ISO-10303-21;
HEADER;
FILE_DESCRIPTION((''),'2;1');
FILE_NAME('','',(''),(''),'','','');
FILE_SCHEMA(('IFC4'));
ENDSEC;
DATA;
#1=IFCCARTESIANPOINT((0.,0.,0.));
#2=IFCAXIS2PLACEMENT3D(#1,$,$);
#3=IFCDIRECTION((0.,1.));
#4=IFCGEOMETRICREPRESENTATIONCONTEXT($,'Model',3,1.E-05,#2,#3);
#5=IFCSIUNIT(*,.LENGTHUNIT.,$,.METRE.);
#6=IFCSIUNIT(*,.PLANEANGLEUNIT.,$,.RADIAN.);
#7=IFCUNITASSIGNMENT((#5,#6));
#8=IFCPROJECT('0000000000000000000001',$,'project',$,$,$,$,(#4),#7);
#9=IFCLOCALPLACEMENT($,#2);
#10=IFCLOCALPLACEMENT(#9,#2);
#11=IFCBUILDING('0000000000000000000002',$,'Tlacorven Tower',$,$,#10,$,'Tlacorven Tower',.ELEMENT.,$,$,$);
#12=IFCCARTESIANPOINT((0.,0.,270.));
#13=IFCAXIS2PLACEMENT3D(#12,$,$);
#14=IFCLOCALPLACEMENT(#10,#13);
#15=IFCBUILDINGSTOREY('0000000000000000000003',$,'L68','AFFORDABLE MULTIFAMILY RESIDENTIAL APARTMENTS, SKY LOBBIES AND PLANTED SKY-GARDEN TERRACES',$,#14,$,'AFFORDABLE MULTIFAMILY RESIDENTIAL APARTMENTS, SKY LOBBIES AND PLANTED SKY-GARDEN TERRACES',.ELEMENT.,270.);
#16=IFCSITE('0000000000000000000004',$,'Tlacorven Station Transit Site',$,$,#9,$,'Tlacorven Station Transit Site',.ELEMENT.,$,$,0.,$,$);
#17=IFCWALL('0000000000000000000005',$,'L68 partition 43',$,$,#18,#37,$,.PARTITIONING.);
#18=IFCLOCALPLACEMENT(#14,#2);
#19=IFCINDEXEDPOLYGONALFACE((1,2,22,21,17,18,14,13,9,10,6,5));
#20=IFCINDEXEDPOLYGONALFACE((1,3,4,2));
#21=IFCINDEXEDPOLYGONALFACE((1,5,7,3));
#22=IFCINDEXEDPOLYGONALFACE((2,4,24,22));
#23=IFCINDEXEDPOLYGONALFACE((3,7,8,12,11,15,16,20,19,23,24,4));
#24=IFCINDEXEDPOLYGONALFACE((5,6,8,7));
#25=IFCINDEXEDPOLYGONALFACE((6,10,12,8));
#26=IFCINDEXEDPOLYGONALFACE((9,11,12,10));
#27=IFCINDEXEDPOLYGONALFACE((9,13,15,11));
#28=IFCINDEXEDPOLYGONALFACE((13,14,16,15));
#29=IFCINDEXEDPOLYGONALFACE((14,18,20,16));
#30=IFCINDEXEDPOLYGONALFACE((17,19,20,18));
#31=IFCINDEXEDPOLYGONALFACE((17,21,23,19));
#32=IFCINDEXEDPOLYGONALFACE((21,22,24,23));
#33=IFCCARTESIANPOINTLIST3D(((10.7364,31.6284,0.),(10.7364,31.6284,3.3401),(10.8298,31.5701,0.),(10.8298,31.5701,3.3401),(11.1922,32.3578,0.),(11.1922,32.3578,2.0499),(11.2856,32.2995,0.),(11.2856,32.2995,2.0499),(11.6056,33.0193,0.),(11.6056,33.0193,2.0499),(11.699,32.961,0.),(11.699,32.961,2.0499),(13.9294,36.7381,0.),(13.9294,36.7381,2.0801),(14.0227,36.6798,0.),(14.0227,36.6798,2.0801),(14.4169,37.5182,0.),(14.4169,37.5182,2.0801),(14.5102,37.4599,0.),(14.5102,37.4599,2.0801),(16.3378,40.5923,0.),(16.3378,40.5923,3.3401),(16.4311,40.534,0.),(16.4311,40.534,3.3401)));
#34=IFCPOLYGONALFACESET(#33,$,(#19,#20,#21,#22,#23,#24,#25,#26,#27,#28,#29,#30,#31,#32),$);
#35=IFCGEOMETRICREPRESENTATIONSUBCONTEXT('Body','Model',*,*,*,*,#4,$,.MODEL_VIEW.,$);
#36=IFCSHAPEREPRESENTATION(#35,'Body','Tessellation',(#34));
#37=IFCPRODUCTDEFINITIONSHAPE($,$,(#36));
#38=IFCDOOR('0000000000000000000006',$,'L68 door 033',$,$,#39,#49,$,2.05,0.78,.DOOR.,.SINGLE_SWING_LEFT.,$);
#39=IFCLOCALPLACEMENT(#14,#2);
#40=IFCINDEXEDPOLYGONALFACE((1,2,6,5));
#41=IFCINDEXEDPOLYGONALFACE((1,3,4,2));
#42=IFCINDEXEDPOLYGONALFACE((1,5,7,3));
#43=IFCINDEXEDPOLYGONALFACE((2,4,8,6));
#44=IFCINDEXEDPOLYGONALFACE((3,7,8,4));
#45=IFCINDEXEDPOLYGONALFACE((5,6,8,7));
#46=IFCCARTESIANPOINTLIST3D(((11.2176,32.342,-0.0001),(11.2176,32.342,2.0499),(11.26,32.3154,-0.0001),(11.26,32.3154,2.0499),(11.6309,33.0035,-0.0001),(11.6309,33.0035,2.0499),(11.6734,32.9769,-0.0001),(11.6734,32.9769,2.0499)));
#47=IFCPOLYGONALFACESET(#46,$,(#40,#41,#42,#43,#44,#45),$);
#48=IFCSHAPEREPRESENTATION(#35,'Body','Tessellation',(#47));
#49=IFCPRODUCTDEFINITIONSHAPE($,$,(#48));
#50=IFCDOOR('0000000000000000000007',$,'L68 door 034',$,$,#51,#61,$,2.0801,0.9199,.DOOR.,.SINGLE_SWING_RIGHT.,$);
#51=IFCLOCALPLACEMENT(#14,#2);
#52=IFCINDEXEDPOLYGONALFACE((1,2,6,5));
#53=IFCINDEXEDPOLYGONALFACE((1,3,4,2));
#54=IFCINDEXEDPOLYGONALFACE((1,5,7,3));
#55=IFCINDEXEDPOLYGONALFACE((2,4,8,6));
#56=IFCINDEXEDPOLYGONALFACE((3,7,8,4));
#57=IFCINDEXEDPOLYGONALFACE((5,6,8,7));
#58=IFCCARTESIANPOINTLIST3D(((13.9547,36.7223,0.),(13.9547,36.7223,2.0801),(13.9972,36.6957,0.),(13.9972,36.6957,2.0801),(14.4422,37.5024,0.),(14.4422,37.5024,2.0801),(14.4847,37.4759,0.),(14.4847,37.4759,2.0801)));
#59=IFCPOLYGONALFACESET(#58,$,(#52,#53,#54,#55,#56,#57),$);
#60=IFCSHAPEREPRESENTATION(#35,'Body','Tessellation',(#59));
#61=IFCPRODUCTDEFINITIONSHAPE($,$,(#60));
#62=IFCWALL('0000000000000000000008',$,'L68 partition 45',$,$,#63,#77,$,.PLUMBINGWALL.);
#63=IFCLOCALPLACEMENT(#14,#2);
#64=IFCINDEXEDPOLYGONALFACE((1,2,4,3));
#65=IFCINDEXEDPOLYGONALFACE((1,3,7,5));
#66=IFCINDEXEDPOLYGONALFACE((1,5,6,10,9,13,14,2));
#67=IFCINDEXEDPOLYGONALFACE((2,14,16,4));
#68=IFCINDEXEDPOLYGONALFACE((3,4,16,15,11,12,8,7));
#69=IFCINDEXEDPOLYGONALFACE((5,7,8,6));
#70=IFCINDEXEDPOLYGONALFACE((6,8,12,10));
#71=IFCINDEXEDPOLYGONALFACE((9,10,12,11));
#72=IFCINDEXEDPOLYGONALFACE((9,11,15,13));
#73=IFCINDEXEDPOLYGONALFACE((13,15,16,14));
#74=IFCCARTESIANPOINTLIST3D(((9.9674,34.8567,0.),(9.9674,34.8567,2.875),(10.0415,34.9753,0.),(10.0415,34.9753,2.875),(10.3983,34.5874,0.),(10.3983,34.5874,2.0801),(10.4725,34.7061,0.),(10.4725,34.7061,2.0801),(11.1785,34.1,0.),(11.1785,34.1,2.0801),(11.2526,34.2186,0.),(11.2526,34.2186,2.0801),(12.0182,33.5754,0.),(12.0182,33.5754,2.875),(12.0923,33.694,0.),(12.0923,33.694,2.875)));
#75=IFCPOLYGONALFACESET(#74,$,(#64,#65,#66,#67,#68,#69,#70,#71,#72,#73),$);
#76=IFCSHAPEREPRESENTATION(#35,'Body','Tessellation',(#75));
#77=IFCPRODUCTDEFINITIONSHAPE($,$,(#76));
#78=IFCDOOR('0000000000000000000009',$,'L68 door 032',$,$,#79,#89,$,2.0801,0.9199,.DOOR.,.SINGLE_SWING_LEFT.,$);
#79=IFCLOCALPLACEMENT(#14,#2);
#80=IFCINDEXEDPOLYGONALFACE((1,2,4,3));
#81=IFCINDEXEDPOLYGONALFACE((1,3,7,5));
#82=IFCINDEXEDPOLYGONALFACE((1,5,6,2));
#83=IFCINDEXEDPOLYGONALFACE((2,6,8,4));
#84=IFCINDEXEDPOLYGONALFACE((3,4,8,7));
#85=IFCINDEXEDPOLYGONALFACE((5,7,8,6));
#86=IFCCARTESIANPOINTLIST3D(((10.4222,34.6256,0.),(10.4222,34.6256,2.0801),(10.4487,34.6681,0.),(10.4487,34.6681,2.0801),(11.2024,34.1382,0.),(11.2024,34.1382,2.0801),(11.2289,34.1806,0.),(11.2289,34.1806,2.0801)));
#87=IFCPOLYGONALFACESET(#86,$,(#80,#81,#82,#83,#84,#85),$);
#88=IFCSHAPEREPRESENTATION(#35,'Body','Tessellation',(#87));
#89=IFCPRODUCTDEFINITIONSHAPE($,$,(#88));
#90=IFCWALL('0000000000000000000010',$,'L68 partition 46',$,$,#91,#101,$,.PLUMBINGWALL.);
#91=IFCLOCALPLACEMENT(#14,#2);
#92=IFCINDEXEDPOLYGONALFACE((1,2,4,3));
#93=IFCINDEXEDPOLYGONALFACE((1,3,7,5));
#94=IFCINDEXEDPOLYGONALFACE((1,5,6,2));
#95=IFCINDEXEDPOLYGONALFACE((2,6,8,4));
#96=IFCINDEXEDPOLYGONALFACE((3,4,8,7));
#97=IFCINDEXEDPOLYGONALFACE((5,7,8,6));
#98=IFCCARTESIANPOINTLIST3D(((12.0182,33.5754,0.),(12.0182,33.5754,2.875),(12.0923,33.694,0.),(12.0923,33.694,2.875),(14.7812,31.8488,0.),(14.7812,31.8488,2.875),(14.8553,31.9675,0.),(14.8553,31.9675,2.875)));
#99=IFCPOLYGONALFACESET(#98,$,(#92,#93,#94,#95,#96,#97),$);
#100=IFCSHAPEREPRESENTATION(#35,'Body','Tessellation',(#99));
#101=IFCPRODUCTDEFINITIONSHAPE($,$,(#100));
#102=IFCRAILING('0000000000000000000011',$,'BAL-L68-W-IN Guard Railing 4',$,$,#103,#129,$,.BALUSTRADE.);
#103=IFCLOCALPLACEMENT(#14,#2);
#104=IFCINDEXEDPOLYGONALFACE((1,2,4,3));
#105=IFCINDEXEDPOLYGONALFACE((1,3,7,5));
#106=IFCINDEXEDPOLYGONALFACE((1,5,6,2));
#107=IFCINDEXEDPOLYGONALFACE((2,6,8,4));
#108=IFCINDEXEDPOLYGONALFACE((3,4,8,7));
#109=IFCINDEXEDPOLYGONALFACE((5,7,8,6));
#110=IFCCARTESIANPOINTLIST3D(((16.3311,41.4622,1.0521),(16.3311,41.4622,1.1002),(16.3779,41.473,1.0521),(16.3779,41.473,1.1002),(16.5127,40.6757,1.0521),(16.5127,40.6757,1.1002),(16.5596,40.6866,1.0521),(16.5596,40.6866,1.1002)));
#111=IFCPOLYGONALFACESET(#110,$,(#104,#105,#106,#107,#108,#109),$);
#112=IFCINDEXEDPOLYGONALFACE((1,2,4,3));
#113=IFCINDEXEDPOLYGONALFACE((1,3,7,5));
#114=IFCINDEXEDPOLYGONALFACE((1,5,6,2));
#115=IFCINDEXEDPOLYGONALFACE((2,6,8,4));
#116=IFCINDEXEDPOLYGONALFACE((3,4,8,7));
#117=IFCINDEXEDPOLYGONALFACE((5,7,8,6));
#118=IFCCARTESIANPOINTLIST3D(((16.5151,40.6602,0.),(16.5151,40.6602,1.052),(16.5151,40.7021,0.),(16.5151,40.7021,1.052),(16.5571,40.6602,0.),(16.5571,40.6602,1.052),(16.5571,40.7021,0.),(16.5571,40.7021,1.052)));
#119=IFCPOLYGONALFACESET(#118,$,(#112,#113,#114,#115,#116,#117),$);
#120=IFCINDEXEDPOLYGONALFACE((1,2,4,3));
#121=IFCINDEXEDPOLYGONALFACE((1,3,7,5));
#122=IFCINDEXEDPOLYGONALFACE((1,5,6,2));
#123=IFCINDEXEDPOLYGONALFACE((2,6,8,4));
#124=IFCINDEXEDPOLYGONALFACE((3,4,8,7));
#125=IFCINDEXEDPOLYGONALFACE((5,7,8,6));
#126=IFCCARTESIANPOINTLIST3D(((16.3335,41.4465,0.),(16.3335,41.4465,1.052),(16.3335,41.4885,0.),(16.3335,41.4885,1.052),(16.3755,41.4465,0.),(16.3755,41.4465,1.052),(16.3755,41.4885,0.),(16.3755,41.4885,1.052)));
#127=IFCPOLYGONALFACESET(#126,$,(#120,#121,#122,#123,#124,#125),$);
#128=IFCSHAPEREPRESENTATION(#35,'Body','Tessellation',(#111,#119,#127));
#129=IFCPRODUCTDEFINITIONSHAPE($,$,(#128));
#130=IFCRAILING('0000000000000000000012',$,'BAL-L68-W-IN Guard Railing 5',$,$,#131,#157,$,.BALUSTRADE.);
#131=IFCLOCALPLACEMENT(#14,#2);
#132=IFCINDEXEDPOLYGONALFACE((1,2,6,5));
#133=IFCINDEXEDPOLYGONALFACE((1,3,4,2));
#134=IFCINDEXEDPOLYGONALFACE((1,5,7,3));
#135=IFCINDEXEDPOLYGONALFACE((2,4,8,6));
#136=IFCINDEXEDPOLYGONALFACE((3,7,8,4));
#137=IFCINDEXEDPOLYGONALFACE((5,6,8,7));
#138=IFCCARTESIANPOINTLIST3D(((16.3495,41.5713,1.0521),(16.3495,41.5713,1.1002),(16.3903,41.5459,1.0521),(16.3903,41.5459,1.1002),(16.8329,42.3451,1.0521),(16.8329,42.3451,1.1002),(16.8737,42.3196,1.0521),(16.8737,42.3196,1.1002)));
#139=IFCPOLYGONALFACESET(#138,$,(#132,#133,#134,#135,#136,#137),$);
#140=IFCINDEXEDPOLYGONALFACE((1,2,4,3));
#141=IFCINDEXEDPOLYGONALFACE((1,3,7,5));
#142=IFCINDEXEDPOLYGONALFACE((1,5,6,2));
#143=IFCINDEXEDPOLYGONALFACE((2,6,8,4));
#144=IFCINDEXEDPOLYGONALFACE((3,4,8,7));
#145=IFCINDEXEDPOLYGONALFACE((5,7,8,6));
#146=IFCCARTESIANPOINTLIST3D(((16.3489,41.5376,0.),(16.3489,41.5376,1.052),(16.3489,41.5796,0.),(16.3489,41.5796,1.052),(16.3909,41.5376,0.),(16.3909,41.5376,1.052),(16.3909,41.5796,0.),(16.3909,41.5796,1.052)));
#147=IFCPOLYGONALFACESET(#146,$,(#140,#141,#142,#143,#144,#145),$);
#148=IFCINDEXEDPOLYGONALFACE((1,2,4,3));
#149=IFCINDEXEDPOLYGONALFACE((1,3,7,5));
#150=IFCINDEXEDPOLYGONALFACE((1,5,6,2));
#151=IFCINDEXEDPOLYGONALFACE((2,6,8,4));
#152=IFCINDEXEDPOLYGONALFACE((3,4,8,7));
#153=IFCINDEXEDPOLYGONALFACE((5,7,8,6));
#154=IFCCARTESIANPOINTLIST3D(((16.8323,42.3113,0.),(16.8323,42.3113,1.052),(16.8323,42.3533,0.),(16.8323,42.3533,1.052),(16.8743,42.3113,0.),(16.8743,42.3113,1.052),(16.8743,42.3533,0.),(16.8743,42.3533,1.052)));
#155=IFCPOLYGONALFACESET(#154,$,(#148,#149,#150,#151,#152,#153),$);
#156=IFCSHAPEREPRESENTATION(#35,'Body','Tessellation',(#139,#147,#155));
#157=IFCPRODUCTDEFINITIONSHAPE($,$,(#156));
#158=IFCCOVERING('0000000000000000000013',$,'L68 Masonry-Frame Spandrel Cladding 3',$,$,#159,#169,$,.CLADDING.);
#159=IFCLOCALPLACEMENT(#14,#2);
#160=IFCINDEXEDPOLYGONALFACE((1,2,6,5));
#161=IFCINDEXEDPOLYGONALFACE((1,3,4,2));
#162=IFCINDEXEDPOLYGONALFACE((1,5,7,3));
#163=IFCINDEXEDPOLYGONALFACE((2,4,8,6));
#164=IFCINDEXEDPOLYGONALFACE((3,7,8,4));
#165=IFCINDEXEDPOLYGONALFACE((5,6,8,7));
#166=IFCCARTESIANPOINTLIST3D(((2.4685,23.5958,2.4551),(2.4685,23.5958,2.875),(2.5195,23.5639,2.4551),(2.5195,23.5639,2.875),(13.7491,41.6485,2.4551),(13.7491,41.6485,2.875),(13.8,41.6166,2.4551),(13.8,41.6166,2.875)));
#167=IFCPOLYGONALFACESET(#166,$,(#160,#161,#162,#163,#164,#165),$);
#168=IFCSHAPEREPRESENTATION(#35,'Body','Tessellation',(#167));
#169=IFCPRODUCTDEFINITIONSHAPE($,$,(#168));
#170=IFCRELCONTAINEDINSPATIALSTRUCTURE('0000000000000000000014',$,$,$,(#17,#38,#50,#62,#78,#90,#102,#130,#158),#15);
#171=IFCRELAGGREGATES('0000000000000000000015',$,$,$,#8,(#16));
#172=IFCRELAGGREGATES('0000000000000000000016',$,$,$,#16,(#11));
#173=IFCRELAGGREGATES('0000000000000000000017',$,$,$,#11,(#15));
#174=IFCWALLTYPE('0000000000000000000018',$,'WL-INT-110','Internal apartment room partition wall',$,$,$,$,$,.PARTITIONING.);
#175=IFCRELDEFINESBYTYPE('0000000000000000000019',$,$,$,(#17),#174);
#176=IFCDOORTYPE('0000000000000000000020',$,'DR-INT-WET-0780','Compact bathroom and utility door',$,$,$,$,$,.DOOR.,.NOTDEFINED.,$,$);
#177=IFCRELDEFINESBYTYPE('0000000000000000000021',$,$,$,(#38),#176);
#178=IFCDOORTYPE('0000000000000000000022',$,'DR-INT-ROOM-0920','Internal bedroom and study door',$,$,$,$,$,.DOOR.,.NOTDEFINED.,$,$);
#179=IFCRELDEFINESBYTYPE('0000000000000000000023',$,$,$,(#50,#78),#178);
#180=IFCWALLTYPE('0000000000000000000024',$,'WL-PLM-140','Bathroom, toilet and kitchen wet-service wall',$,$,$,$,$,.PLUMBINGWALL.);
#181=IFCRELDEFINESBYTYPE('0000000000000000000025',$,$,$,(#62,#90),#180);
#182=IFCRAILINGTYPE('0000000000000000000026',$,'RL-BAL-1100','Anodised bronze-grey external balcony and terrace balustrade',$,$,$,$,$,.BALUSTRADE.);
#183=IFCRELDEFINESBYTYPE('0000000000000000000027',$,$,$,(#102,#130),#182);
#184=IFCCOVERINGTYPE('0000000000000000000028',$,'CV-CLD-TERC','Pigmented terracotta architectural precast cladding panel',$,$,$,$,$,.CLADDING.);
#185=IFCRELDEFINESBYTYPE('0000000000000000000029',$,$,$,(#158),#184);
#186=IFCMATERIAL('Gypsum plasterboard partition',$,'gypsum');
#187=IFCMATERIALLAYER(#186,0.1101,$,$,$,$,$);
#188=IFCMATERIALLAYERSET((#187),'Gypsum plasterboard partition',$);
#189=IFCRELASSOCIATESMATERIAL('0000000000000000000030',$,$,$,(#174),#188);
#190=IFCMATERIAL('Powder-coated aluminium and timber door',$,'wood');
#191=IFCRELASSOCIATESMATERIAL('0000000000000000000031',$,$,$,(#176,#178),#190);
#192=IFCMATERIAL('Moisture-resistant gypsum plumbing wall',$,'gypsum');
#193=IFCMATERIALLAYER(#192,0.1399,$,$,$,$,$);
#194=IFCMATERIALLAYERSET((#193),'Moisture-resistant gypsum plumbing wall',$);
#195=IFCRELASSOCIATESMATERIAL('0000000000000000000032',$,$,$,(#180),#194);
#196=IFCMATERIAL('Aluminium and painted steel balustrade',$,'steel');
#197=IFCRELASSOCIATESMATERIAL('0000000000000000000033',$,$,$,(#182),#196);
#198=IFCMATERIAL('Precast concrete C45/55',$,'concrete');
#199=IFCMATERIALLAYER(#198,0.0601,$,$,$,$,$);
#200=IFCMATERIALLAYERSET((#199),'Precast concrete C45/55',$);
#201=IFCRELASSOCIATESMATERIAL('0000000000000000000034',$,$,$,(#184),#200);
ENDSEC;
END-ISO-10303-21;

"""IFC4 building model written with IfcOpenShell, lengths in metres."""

from ifc_helpers import new_model, si_unit, direction, frame, frame_2d, origin, origin_2d, place, context, subcontext, project, spatial, rectangle, extrude, source, transform, mapped, material, layer, layer_set, type_object, element, fill, save


model = new_model("IFC4")

# Units and contexts
model_context = context("Model", 3, precision=1e-05, world=origin(), true_north=direction((0.0, 1.0)))
body_context = subcontext(model_context, "Body", "Model", "MODEL_VIEW")
ifc_project = project(units=[si_unit("LENGTHUNIT", "METRE"), si_unit("PLANEANGLEUNIT", "RADIAN")], contexts=[model_context])

# Site, building, storey
site_placement = place(None, origin())
site = spatial("IfcSite", under=ifc_project, at=site_placement, Name="Tlacorven Station Transit Site", LongName="Tlacorven Station Transit Site", CompositionType="ELEMENT", RefElevation=0.0)
building_placement = place(site_placement, origin())
building = spatial("IfcBuilding", under=site, at=building_placement, Name="Tlacorven Tower", LongName="Tlacorven Tower", CompositionType="ELEMENT")
storey_placement = place(building_placement, frame((0.0, 0.0, 270.0)))
storey = spatial("IfcBuildingStorey", under=building, at=storey_placement, Name="L68", Description="AFFORDABLE MULTIFAMILY RESIDENTIAL APARTMENTS, SKY LOBBIES AND PLANTED SKY-GARDEN TERRACES", LongName="AFFORDABLE MULTIFAMILY RESIDENTIAL APARTMENTS, SKY LOBBIES AND PLANTED SKY-GARDEN TERRACES", CompositionType="ELEMENT", Elevation=270.0)

# Shared definitions
ifc_material_1 = material(Name="Precast concrete C45/55", Category="concrete")
ifc_material_2 = material(Name="Powder-coated aluminium and timber door", Category="wood")

# Wall, openings, doors
ifc_material_3 = material(Name="Gypsum plasterboard partition", Category="gypsum")
ifc_layer_1 = layer(ifc_material_3, 0.1101)
ifc_layer_set_1 = layer_set([ifc_layer_1], Name="Gypsum plasterboard partition")
wall_type_1 = type_object("IfcWallType", Name="WL-INT-110", Description="Internal apartment room partition wall", PredefinedType="PARTITIONING", material=ifc_layer_set_1)
wall_1_placement = place(storey_placement, frame((16.3845, 40.5632, 0.0), z_axis=(0.0, 0.0, 1.0), x_axis=(-0.529924, -0.848045, 0.0)))
wall_1 = element("IfcWall", 1, at=wall_1_placement, inside=storey, type_object=wall_type_1, Name="L68 partition 43", PredefinedType="PARTITIONING", context=body_context, shape_type="SweptSolid", body=[
    extrude(rectangle(XDim=10.5701, YDim=0.1101, at=frame_2d((5.2852, 0.0))), origin(), (0.0, 0.0, 1.0), 3.3401),
])
opening_1_placement = place(wall_1_placement, frame((8.9299, 0.0, 0.0)))
opening_1 = element("IfcOpeningElement", 2, at=opening_1_placement, cuts=wall_1, PredefinedType="OPENING", context=body_context, shape_type="SweptSolid", body=[
    extrude(rectangle(XDim=0.78, YDim=2.05, at=frame_2d((0.3901, 1.0249))), frame((0.0, 0.0649, 0.0), z_axis=(0.0, -1.0, 0.0), x_axis=(1.0, 0.0, 0.0)), (0.0, 0.0, 1.0), 0.1301),
])
opening_2_placement = place(wall_1_placement, frame((3.625, 0.0, 0.0)))
opening_2 = element("IfcOpeningElement", 3, at=opening_2_placement, cuts=wall_1, PredefinedType="OPENING", context=body_context, shape_type="SweptSolid", body=[
    extrude(rectangle(XDim=0.9199, YDim=2.0801, at=frame_2d((0.46, 1.04))), frame((0.0, 0.0649, 0.0), z_axis=(0.0, -1.0, 0.0), x_axis=(1.0, 0.0, 0.0)), (0.0, 0.0, 1.0), 0.1301),
])
door_type_1 = type_object("IfcDoorType", Name="DR-INT-WET-0780", Description="Compact bathroom and utility door", OperationType="NOTDEFINED", PredefinedType="DOOR", material=ifc_material_2)
shared_shape_1 = source(origin(), body_context, "Body", "SweptSolid", [
    extrude(rectangle(XDim=0.78, YDim=2.05, at=frame_2d((0.3901, 1.0249))), frame((0.0, 0.0249, 0.0), z_axis=(0.0, -1.0, 0.0), x_axis=(1.0, 0.0, 0.0)), (0.0, 0.0, 1.0), 0.05),
])
door_1_placement = place(opening_1_placement, origin())
door_1 = element("IfcDoor", 4, at=door_1_placement, inside=storey, type_object=door_type_1, Name="L68 door 033", OperationType="SINGLE_SWING_LEFT", OverallHeight=2.05, OverallWidth=0.78, PredefinedType="DOOR", context=body_context, shape_type="MappedRepresentation", body=[
    mapped(shared_shape_1, transform((0.0, 0.0, 0.0), scale=1.0)),
])
fill(opening_1, door_1)
door_type_2 = type_object("IfcDoorType", Name="DR-INT-ROOM-0920", Description="Internal bedroom and study door", OperationType="NOTDEFINED", PredefinedType="DOOR", material=ifc_material_2)
shared_shape_2 = source(origin(), body_context, "Body", "SweptSolid", [
    extrude(rectangle(XDim=0.9199, YDim=2.0801, at=frame_2d((0.46, 1.04))), frame((0.0, 0.0249, 0.0), z_axis=(0.0, -1.0, 0.0), x_axis=(1.0, 0.0, 0.0)), (0.0, 0.0, 1.0), 0.05),
])
door_2_placement = place(opening_2_placement, origin())
door_2 = element("IfcDoor", 5, at=door_2_placement, inside=storey, type_object=door_type_2, Name="L68 door 034", OperationType="SINGLE_SWING_RIGHT", OverallHeight=2.0801, OverallWidth=0.9199, PredefinedType="DOOR", context=body_context, shape_type="MappedRepresentation", body=[
    mapped(shared_shape_2, transform((0.0, 0.0, 0.0), scale=1.0)),
])
fill(opening_2, door_2)

# Wall, opening, door
ifc_material_4 = material(Name="Moisture-resistant gypsum plumbing wall", Category="gypsum")
ifc_layer_2 = layer(ifc_material_4, 0.1399)
ifc_layer_set_2 = layer_set([ifc_layer_2], Name="Moisture-resistant gypsum plumbing wall")
wall_type_2 = type_object("IfcWallType", Name="WL-PLM-140", Description="Bathroom, toilet and kitchen wet-service wall", PredefinedType="PLUMBINGWALL", material=ifc_layer_set_2)
wall_2_placement = place(storey_placement, frame((12.0552, 33.6348, 0.0), z_axis=(0.0, 0.0, 1.0), x_axis=(-0.848089, 0.529854, 0.0)))
wall_2 = element("IfcWall", 6, at=wall_2_placement, inside=storey, type_object=wall_type_2, Name="L68 partition 45", PredefinedType="PLUMBINGWALL", context=body_context, shape_type="SweptSolid", body=[
    extrude(rectangle(XDim=2.4182, YDim=0.1399, at=frame_2d((1.209, 0.0))), origin(), (0.0, 0.0, 1.0), 2.875),
])
opening_3_placement = place(wall_2_placement, frame((0.99, 0.0, 0.0)))
opening_3 = element("IfcOpeningElement", 7, at=opening_3_placement, cuts=wall_2, PredefinedType="OPENING", context=body_context, shape_type="SweptSolid", body=[
    extrude(rectangle(XDim=0.9199, YDim=2.0801, at=frame_2d((0.46, 1.04))), frame((0.0, 0.0801, 0.0), z_axis=(0.0, -1.0, 0.0), x_axis=(1.0, 0.0, 0.0)), (0.0, 0.0, 1.0), 0.1599),
])
door_3_placement = place(opening_3_placement, origin())
door_3 = element("IfcDoor", 8, at=door_3_placement, inside=storey, type_object=door_type_2, Name="L68 door 032", OperationType="SINGLE_SWING_LEFT", OverallHeight=2.0801, OverallWidth=0.9199, PredefinedType="DOOR", context=body_context, shape_type="MappedRepresentation", body=[
    mapped(shared_shape_2, transform((0.0, 0.0, 0.0), scale=1.0)),
])
fill(opening_3, door_3)

# Wall
wall_3_placement = place(storey_placement, frame((14.8181, 31.9082, 0.0), z_axis=(0.0, 0.0, 1.0), x_axis=(-0.848036, 0.529938, 0.0)))
element("IfcWall", 9, at=wall_3_placement, inside=storey, type_object=wall_type_2, Name="L68 partition 46", PredefinedType="PLUMBINGWALL", context=body_context, shape_type="SweptSolid", body=[
    extrude(rectangle(XDim=3.2581, YDim=0.1399, at=frame_2d((1.6289, 0.0))), origin(), (0.0, 0.0, 1.0), 2.875),
])

# Railings
ifc_material_5 = material(Name="Aluminium and painted steel balustrade", Category="steel")
railing_type = type_object("IfcRailingType", Name="RL-BAL-1100", Description="Anodised bronze-grey external balcony and terrace balustrade", PredefinedType="BALUSTRADE", material=ifc_material_5)
shared_shape_3 = source(origin(), body_context, "Body", "SweptSolid", [
    extrude(rectangle(XDim=0.0481, YDim=0.0481, at=origin_2d()), frame((0.0, 0.0, 1.0762), z_axis=(-0.225058, 0.974345, 0.0), x_axis=(-0.974345, -0.225058, 0.0)), (0.0, 0.0, 1.0), 0.8071),
    extrude(rectangle(XDim=0.042, YDim=0.042, at=origin_2d()), origin(), (0.0, 0.0, 1.0), 1.052),
    extrude(rectangle(XDim=0.042, YDim=0.042, at=origin_2d()), frame((-0.1816, 0.7864, 0.0)), (0.0, 0.0, 1.0), 1.052),
])
railing_1_placement = place(storey_placement, frame((16.5361, 40.6812, 0.0)))
element("IfcRailing", 10, at=railing_1_placement, inside=storey, type_object=railing_type, Name="BAL-L68-W-IN Guard Railing 4", PredefinedType="BALUSTRADE", context=body_context, shape_type="MappedRepresentation", body=[
    mapped(shared_shape_3, transform((0.0, 0.0, 0.0), scale=1.0)),
])
shared_shape_4 = source(origin(), body_context, "Body", "SweptSolid", [
    extrude(rectangle(XDim=0.0481, YDim=0.0481, at=origin_2d()), frame((0.0, 0.0, 1.0762), z_axis=(0.529879, 0.848073, 0.0), x_axis=(-0.848073, 0.529879, 0.0)), (0.0, 0.0, 1.0), 0.9124),
    extrude(rectangle(XDim=0.042, YDim=0.042, at=origin_2d()), origin(), (0.0, 0.0, 1.0), 1.052),
    extrude(rectangle(XDim=0.042, YDim=0.042, at=origin_2d()), frame((0.4834, 0.7737, 0.0)), (0.0, 0.0, 1.0), 1.052),
])
railing_2_placement = place(storey_placement, frame((16.3699, 41.5586, 0.0)))
element("IfcRailing", 11, at=railing_2_placement, inside=storey, type_object=railing_type, Name="BAL-L68-W-IN Guard Railing 5", PredefinedType="BALUSTRADE", context=body_context, shape_type="MappedRepresentation", body=[
    mapped(shared_shape_4, transform((0.0, 0.0, 0.0), scale=1.0)),
])

# Covering
ifc_layer_3 = layer(ifc_material_1, 0.0601)
ifc_layer_set_3 = layer_set([ifc_layer_3], Name="Precast concrete C45/55")
covering_type = type_object("IfcCoveringType", Name="CV-CLD-TERC", Description="Pigmented terracotta architectural precast cladding panel", PredefinedType="CLADDING", material=ifc_layer_set_3)
shared_shape_5 = source(origin(), body_context, "Body", "SweptSolid", [
    extrude(rectangle(XDim=21.2874, YDim=0.0601, at=origin_2d()), origin(), (0.0, 0.0, 1.0), 0.4199),
])
covering_placement = place(storey_placement, frame((8.1343, 32.6062, 2.4551), z_axis=(0.0, 0.0, 1.0), x_axis=(0.529919, 0.848048, 0.0)))
element("IfcCovering", 12, at=covering_placement, inside=storey, type_object=covering_type, Name="L68 Masonry-Frame Spandrel Cladding 3", PredefinedType="CLADDING", context=body_context, shape_type="MappedRepresentation", body=[
    mapped(shared_shape_5, transform((0.0, 0.0, 0.0), scale=1.0)),
])

save(model, "model.ifc")
